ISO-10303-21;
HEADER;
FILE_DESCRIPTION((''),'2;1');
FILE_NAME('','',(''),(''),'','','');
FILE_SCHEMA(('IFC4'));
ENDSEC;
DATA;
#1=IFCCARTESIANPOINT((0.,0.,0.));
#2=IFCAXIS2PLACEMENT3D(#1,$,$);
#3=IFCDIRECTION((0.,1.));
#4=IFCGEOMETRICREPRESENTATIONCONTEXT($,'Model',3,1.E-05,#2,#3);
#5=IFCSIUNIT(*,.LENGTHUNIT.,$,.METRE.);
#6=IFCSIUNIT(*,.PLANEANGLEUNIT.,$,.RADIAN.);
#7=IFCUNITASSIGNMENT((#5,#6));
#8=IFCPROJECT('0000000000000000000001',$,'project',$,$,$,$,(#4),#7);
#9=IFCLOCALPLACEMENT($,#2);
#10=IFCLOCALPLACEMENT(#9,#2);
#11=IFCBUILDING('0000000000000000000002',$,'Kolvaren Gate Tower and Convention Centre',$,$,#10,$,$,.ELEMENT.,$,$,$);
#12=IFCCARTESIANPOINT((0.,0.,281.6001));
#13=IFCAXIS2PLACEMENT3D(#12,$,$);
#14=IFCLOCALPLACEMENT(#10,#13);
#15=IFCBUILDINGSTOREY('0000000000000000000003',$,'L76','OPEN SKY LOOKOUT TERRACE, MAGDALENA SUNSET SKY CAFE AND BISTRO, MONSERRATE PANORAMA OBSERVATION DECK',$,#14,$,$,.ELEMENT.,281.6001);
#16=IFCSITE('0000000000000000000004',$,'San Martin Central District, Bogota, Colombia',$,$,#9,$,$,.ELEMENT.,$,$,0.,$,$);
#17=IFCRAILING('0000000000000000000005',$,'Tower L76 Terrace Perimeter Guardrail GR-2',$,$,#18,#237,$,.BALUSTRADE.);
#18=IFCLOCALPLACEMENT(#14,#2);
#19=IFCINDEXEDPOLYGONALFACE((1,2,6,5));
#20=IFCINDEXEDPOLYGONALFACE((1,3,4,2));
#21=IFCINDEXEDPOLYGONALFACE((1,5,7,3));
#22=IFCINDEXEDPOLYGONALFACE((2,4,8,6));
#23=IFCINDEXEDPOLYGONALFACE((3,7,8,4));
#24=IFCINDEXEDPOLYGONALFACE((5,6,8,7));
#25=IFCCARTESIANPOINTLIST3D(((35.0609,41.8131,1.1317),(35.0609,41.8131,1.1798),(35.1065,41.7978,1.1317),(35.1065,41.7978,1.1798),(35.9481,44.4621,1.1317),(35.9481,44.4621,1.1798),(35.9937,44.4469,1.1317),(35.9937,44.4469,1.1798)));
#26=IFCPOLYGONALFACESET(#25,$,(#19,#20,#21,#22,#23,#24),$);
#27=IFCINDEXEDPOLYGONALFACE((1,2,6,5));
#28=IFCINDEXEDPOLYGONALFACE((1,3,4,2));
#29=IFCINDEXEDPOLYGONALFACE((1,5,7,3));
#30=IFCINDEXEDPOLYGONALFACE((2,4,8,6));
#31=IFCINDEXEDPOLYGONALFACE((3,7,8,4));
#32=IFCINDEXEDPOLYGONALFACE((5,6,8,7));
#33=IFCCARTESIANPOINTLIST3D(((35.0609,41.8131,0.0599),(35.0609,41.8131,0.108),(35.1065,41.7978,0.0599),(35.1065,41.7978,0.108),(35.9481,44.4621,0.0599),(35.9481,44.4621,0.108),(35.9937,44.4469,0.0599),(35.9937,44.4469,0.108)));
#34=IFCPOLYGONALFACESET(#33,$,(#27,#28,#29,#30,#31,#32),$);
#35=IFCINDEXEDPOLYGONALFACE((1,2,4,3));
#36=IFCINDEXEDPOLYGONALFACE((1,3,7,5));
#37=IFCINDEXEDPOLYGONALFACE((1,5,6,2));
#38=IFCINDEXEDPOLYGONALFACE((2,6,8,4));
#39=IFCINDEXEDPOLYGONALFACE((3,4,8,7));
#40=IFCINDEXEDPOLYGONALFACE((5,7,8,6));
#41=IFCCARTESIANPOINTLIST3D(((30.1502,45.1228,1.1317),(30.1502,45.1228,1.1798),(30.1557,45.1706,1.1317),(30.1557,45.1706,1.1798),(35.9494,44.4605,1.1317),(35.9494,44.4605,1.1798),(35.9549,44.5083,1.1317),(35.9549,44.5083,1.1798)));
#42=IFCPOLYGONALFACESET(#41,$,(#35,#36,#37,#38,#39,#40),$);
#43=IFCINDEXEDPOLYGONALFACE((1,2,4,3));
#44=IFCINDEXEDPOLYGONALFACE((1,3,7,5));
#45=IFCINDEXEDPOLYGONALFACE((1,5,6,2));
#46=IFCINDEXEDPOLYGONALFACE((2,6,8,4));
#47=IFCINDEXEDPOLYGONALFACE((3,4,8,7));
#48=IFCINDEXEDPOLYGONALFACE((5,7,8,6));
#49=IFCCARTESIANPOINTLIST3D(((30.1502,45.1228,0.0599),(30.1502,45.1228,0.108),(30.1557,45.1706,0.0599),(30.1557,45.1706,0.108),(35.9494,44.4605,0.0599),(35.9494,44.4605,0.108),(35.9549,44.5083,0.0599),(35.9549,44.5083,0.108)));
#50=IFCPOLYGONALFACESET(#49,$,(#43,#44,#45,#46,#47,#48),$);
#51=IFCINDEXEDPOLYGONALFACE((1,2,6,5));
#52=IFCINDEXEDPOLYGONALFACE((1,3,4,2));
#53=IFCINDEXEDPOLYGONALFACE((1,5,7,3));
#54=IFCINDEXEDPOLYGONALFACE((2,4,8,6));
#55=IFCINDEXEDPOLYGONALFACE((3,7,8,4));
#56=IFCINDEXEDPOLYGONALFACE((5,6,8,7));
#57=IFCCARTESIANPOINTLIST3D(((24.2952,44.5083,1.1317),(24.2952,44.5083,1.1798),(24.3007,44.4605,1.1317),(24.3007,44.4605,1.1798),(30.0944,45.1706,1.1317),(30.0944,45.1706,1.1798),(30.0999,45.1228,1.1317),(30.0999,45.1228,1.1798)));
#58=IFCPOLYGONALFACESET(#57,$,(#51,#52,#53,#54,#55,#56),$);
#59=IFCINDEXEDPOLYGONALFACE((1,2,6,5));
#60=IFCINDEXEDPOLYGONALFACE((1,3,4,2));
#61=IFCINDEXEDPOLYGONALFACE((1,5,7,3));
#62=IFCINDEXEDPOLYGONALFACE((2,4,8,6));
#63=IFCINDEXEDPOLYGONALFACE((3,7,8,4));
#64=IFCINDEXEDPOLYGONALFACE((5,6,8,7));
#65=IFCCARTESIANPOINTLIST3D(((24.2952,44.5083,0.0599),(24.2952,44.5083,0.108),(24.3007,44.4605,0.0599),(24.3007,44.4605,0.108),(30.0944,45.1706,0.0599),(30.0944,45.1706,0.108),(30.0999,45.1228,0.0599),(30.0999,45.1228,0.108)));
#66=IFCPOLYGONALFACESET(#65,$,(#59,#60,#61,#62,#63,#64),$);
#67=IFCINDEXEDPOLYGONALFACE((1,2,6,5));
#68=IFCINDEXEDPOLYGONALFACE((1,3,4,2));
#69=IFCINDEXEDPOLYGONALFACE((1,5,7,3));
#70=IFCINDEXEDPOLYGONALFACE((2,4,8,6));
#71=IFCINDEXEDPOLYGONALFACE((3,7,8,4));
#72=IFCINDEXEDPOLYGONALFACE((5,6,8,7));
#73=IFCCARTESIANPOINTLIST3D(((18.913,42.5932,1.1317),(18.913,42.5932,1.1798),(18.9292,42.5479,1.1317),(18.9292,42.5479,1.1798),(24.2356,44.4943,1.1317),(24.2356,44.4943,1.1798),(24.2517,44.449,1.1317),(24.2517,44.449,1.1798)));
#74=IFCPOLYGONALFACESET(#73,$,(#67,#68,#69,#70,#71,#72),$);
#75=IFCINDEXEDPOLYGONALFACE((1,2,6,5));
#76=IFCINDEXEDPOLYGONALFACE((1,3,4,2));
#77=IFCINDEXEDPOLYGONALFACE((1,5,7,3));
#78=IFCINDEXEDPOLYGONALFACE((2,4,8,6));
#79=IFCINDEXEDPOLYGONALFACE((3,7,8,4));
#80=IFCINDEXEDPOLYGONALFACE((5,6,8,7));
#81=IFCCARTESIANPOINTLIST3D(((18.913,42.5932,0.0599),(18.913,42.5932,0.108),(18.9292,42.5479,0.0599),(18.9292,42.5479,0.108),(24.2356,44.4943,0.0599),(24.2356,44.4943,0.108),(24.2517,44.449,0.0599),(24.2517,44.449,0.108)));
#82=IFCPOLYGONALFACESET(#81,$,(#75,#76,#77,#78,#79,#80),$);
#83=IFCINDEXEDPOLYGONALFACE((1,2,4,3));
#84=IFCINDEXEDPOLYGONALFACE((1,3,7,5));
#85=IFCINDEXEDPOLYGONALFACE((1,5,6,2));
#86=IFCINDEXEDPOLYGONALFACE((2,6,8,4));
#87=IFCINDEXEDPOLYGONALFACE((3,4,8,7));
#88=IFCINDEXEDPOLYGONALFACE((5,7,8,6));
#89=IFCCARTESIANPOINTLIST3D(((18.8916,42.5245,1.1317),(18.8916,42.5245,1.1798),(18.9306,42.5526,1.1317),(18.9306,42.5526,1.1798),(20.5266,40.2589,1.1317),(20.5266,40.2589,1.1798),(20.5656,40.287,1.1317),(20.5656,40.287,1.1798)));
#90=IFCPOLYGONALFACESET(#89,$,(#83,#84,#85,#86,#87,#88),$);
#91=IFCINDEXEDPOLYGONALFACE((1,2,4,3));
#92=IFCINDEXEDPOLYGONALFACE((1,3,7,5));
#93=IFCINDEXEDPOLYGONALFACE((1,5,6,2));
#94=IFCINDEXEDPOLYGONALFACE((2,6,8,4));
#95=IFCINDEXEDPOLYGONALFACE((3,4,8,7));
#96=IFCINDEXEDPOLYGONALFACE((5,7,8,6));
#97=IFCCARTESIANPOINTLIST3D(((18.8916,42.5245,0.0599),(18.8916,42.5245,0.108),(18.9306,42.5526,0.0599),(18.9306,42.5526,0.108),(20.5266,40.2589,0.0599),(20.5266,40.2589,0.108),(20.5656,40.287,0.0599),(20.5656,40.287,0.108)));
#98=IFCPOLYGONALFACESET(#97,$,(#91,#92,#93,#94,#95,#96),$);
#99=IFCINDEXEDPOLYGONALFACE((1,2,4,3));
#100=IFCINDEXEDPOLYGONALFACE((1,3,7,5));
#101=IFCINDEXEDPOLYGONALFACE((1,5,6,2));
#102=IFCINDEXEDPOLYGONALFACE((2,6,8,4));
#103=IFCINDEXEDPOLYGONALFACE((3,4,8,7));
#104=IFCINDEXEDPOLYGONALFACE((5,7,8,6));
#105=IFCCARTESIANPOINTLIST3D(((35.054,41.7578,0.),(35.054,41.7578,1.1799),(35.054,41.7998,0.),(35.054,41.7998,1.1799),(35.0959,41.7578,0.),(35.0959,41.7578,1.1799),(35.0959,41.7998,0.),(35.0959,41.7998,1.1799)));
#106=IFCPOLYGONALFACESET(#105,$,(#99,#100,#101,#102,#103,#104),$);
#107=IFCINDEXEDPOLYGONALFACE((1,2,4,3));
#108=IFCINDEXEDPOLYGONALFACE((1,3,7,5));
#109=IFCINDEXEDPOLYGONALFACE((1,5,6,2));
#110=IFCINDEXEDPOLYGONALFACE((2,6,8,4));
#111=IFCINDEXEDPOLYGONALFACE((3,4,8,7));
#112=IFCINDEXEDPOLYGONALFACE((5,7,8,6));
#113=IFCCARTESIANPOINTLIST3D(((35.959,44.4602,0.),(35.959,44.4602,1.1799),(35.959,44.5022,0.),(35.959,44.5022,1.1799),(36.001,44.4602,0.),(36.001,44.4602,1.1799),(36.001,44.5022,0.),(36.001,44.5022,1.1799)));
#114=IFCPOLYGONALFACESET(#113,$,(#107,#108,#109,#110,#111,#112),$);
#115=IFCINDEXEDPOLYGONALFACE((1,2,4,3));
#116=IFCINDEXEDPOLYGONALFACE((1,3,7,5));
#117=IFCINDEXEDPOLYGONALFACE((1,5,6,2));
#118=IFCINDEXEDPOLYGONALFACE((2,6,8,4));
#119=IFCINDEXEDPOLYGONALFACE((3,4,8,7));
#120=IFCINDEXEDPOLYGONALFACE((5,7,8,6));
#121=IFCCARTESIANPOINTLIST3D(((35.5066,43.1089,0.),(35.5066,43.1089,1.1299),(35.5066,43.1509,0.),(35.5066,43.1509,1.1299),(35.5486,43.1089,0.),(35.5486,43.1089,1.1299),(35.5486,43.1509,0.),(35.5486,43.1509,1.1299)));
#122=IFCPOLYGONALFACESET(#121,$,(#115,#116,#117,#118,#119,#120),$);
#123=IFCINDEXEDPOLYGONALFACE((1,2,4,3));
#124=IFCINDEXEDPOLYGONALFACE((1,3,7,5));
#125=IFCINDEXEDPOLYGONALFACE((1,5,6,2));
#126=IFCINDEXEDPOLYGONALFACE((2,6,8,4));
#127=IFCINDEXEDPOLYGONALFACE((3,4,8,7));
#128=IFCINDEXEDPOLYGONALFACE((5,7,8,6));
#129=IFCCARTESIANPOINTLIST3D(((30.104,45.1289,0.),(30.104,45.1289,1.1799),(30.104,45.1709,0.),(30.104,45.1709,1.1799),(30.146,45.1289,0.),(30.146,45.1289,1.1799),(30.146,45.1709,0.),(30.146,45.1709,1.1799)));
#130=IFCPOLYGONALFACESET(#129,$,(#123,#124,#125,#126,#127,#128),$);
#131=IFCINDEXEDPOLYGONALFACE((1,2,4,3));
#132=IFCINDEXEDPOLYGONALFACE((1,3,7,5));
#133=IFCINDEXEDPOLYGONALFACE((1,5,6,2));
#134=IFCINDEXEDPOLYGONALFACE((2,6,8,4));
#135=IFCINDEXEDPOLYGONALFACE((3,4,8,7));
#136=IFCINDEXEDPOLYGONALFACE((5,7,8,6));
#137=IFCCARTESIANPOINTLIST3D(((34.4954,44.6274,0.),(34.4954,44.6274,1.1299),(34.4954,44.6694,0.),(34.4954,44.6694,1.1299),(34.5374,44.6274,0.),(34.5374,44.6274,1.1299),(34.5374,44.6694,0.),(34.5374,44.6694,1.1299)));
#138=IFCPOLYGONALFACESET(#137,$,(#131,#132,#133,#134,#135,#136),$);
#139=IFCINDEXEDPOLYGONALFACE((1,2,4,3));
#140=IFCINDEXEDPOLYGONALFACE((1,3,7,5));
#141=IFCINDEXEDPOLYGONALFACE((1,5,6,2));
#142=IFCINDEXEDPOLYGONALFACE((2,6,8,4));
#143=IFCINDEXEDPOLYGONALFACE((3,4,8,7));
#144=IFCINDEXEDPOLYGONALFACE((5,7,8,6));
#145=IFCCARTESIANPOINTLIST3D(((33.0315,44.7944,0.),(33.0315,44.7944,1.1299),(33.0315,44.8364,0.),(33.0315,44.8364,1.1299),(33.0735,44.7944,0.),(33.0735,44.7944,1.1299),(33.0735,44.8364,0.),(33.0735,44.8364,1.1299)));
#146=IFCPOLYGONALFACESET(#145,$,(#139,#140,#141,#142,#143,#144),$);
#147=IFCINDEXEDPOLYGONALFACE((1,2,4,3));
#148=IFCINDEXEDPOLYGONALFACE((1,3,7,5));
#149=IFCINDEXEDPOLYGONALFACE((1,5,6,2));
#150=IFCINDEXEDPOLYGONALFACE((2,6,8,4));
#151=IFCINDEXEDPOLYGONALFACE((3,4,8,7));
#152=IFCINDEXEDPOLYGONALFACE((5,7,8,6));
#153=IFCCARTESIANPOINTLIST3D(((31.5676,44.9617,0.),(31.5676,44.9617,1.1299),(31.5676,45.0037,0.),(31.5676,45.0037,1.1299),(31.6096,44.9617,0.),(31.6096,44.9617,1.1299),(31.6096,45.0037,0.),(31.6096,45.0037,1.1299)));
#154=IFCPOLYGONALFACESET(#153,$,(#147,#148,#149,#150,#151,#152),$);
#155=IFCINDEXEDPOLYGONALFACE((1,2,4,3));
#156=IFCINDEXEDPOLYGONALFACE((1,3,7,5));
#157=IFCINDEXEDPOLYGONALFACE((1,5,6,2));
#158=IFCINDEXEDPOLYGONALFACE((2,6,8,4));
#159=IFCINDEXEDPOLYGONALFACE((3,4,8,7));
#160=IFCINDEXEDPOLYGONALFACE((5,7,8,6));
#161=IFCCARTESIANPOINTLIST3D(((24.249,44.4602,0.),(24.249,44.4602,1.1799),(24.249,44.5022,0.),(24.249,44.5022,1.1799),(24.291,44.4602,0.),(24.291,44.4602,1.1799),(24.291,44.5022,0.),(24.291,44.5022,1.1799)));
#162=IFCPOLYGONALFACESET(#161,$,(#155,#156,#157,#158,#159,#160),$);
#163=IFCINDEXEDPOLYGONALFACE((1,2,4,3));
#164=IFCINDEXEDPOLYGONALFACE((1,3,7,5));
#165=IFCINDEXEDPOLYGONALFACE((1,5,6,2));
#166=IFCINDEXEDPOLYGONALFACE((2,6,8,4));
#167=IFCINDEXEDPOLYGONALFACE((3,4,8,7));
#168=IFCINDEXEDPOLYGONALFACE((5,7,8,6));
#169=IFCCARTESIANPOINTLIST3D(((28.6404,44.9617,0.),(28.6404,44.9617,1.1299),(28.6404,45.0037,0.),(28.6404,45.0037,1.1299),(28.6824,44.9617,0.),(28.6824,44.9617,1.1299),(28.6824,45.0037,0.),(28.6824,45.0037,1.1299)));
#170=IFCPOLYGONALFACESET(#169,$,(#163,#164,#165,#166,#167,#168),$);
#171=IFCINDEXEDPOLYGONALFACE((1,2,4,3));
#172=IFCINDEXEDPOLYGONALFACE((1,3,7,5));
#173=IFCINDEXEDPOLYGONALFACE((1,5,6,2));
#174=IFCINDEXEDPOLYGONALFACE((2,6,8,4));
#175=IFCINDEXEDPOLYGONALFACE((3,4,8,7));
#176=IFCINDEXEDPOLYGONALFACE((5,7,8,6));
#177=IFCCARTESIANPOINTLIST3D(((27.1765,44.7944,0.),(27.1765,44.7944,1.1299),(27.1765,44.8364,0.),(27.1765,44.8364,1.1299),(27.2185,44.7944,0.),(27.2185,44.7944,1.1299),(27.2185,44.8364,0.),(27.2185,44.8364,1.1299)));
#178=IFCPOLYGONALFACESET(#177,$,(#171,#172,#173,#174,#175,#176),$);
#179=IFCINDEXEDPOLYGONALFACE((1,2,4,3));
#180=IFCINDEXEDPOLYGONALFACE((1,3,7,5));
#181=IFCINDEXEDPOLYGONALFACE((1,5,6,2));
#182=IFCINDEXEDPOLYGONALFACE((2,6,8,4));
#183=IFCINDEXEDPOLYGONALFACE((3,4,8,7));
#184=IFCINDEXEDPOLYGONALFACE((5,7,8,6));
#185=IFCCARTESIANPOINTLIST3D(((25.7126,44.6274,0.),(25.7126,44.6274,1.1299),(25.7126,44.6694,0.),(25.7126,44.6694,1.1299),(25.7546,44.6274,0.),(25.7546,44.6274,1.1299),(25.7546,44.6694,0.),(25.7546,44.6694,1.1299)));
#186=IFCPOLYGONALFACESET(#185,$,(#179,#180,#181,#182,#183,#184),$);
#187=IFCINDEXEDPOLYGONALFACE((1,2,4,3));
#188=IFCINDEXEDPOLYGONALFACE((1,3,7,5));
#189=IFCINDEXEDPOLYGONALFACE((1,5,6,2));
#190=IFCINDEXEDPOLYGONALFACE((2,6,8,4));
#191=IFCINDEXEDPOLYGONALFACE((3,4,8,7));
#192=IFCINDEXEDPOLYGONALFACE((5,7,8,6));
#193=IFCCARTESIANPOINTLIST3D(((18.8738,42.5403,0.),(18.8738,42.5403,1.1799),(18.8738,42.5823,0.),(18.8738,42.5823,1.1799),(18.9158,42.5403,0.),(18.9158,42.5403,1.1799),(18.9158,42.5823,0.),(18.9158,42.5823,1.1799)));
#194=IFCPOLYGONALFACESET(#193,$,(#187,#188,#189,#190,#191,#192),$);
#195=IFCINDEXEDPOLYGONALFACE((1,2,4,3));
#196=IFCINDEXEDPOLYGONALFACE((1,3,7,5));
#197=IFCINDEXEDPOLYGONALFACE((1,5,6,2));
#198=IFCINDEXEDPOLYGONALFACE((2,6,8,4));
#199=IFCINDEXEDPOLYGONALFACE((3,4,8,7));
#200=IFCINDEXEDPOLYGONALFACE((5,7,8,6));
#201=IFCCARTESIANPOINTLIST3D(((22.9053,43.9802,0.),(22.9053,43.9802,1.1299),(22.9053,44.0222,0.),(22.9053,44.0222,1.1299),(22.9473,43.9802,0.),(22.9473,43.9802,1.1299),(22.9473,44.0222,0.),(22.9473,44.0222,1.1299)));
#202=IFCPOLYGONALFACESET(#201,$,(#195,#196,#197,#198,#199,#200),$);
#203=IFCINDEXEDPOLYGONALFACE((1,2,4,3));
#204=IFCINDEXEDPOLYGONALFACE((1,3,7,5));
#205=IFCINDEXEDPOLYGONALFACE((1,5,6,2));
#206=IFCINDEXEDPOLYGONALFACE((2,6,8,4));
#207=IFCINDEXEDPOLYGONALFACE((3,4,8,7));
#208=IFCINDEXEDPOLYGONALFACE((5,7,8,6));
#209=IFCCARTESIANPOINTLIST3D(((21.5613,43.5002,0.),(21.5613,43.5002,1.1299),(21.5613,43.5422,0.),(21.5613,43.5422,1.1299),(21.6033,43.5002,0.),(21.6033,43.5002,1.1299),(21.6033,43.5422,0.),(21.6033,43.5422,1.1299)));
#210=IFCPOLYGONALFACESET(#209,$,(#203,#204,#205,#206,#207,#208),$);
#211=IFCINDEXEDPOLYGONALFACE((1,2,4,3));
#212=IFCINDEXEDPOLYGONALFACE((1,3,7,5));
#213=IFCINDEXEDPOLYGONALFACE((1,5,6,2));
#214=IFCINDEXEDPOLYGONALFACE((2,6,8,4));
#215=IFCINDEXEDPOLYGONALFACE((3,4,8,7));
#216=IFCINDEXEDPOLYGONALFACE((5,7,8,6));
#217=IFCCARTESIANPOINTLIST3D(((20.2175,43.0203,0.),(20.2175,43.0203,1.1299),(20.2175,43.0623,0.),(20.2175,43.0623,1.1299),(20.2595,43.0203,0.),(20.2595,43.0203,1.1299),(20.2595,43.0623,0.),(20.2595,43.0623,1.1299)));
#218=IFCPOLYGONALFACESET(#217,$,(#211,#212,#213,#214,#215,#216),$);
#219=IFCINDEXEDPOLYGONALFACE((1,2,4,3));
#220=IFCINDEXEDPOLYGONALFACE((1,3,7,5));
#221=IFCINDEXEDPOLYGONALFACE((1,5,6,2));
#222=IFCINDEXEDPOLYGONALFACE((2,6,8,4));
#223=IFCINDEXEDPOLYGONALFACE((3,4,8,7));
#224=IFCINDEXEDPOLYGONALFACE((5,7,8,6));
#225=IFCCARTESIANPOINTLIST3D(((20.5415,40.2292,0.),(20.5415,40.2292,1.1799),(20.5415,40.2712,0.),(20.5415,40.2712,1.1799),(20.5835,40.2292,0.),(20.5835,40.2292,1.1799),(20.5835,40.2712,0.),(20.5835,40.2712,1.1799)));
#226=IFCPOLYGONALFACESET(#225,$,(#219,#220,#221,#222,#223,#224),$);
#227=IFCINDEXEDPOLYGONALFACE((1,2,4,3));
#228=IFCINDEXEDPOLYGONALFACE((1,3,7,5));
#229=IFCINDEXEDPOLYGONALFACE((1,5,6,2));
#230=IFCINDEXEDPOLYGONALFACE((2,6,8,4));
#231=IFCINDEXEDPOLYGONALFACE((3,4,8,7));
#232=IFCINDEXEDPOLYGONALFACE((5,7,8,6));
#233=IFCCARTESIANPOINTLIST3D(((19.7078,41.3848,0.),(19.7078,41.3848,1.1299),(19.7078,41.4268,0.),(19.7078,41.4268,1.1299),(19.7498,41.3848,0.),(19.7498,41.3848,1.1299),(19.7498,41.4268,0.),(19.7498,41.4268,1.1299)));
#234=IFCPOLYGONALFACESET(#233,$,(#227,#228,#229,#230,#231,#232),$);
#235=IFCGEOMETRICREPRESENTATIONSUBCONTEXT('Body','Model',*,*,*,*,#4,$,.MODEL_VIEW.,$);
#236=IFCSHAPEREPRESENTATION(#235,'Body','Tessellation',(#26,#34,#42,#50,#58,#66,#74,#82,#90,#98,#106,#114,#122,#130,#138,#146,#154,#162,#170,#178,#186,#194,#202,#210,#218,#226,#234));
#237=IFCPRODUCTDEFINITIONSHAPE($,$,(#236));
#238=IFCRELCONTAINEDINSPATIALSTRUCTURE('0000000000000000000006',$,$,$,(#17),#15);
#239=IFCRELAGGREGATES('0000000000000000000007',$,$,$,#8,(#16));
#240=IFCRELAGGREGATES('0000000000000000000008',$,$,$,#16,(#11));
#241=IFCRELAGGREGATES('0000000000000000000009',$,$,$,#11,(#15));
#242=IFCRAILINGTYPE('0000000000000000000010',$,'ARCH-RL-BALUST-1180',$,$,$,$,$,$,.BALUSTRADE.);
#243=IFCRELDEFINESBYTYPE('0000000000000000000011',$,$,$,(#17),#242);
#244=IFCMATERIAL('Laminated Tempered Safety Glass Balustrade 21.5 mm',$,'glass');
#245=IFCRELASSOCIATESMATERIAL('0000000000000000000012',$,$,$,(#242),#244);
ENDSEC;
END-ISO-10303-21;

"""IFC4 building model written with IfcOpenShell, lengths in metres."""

from ifc_helpers import new_model, si_unit, direction, frame, origin, origin_2d, place, context, subcontext, project, spatial, rectangle, extrude, material, type_object, element, save


model = new_model("IFC4")

# Units and contexts
model_context = context("Model", 3, precision=1e-05, world=origin(), true_north=direction((0.0, 1.0)))
body_context = subcontext(model_context, "Body", "Model", "MODEL_VIEW")
ifc_project = project(units=[si_unit("LENGTHUNIT", "METRE"), si_unit("PLANEANGLEUNIT", "RADIAN")], contexts=[model_context])

# Site, building, storey
site_placement = place(None, origin())
site = spatial("IfcSite", under=ifc_project, at=site_placement, Name="San Martin Central District, Bogota, Colombia", CompositionType="ELEMENT", RefElevation=0.0)
building_placement = place(site_placement, origin())
building = spatial("IfcBuilding", under=site, at=building_placement, Name="Kolvaren Gate Tower and Convention Centre", CompositionType="ELEMENT")
storey_placement = place(building_placement, frame((0.0, 0.0, 281.6001)))
storey = spatial("IfcBuildingStorey", under=building, at=storey_placement, Name="L76", Description="OPEN SKY LOOKOUT TERRACE, MAGDALENA SUNSET SKY CAFE AND BISTRO, MONSERRATE PANORAMA OBSERVATION DECK", CompositionType="ELEMENT", Elevation=281.6001)

# Railing
ifc_material_1 = material(Name="Laminated Tempered Safety Glass Balustrade 21.5 mm", Category="glass")
railing_type = type_object("IfcRailingType", Name="ARCH-RL-BALUST-1180", PredefinedType="BALUSTRADE", material=ifc_material_1)
railing_placement = place(storey_placement, frame((35.075, 41.7788, 0.0)))
element("IfcRailing", 1, at=railing_placement, inside=storey, type_object=railing_type, Name="Tower L76 Terrace Perimeter Guardrail GR-2", PredefinedType="BALUSTRADE", context=body_context, shape_type="SweptSolid", body=[
    extrude(rectangle(XDim=0.0481, YDim=0.0481, at=origin_2d()), frame((0.0088, 0.0266, 1.1558), z_axis=(0.317564, 0.948237, 0.0), x_axis=(-0.948237, 0.317564, 0.0)), (0.0, 0.0, 1.0), 2.7937),
    extrude(rectangle(XDim=0.0481, YDim=0.0481, at=origin_2d()), frame((0.0088, 0.0266, 0.084), z_axis=(0.317564, 0.948237, 0.0), x_axis=(-0.948237, 0.317564, 0.0)), (0.0, 0.0, 1.0), 2.7937),
    extrude(rectangle(XDim=0.0481, YDim=0.0481, at=origin_2d()), frame((0.8772, 2.7056, 1.1558), z_axis=(-0.993541, 0.113473, 0.0), x_axis=(-0.113473, -0.993541, 0.0)), (0.0, 0.0, 1.0), 5.8369),
    extrude(rectangle(XDim=0.0481, YDim=0.0481, at=origin_2d()), frame((0.8772, 2.7056, 0.084), z_axis=(-0.993541, 0.113473, 0.0), x_axis=(-0.113473, -0.993541, 0.0)), (0.0, 0.0, 1.0), 5.8369),
    extrude(rectangle(XDim=0.0481, YDim=0.0481, at=origin_2d()), frame((-4.9778, 3.3679, 1.1558), z_axis=(-0.993541, -0.113473, 0.0), x_axis=(0.113473, -0.993541, 0.0)), (0.0, 0.0, 1.0), 5.8369),
    extrude(rectangle(XDim=0.0481, YDim=0.0481, at=origin_2d()), frame((-4.9778, 3.3679, 0.084), z_axis=(-0.993541, -0.113473, 0.0), x_axis=(0.113473, -0.993541, 0.0)), (0.0, 0.0, 1.0), 5.8369),
    extrude(rectangle(XDim=0.0481, YDim=0.0481, at=origin_2d()), frame((-10.8313, 2.6929, 1.1558), z_axis=(-0.941731, -0.336366, 0.0), x_axis=(0.336366, -0.941731, 0.0)), (0.0, 0.0, 1.0), 5.6519),
    extrude(rectangle(XDim=0.0481, YDim=0.0481, at=origin_2d()), frame((-10.8313, 2.6929, 0.084), z_axis=(-0.941731, -0.336366, 0.0), x_axis=(0.336366, -0.941731, 0.0)), (0.0, 0.0, 1.0), 5.6519),
    extrude(rectangle(XDim=0.0481, YDim=0.0481, at=origin_2d()), frame((-16.1638, 0.7598, 1.1558), z_axis=(0.585178, -0.810905, 0.0), x_axis=(0.810905, 0.585178, 0.0)), (0.0, 0.0, 1.0), 2.7939),
    extrude(rectangle(XDim=0.0481, YDim=0.0481, at=origin_2d()), frame((-16.1638, 0.7598, 0.084), z_axis=(0.585178, -0.810905, 0.0), x_axis=(0.810905, 0.585178, 0.0)), (0.0, 0.0, 1.0), 2.7939),
    extrude(rectangle(XDim=0.042, YDim=0.042, at=origin_2d()), origin(), (0.0, 0.0, 1.0), 1.1799),
    extrude(rectangle(XDim=0.042, YDim=0.042, at=origin_2d()), frame((0.905, 2.7024, 0.0)), (0.0, 0.0, 1.0), 1.1799),
    extrude(rectangle(XDim=0.042, YDim=0.042, at=origin_2d()), frame((0.4526, 1.3511, 0.0)), (0.0, 0.0, 1.0), 1.1299),
    extrude(rectangle(XDim=0.042, YDim=0.042, at=origin_2d()), frame((-4.95, 3.3711, 0.0)), (0.0, 0.0, 1.0), 1.1799),
    extrude(rectangle(XDim=0.042, YDim=0.042, at=origin_2d()), frame((-0.5586, 2.8696, 0.0)), (0.0, 0.0, 1.0), 1.1299),
    extrude(rectangle(XDim=0.042, YDim=0.042, at=origin_2d()), frame((-2.0225, 3.0366, 0.0)), (0.0, 0.0, 1.0), 1.1299),
    extrude(rectangle(XDim=0.042, YDim=0.042, at=origin_2d()), frame((-3.4863, 3.2039, 0.0)), (0.0, 0.0, 1.0), 1.1299),
    extrude(rectangle(XDim=0.042, YDim=0.042, at=origin_2d()), frame((-10.8049, 2.7024, 0.0)), (0.0, 0.0, 1.0), 1.1799),
    extrude(rectangle(XDim=0.042, YDim=0.042, at=origin_2d()), frame((-6.4136, 3.2039, 0.0)), (0.0, 0.0, 1.0), 1.1299),
    extrude(rectangle(XDim=0.042, YDim=0.042, at=origin_2d()), frame((-7.8774, 3.0366, 0.0)), (0.0, 0.0, 1.0), 1.1299),
    extrude(rectangle(XDim=0.042, YDim=0.042, at=origin_2d()), frame((-9.3413, 2.8696, 0.0)), (0.0, 0.0, 1.0), 1.1299),
    extrude(rectangle(XDim=0.042, YDim=0.042, at=origin_2d()), frame((-16.1802, 0.7825, 0.0)), (0.0, 0.0, 1.0), 1.1799),
    extrude(rectangle(XDim=0.042, YDim=0.042, at=origin_2d()), frame((-12.1487, 2.2224, 0.0)), (0.0, 0.0, 1.0), 1.1299),
    extrude(rectangle(XDim=0.042, YDim=0.042, at=origin_2d()), frame((-13.4927, 1.7424, 0.0)), (0.0, 0.0, 1.0), 1.1299),
    extrude(rectangle(XDim=0.042, YDim=0.042, at=origin_2d()), frame((-14.8364, 1.2625, 0.0)), (0.0, 0.0, 1.0), 1.1299),
    extrude(rectangle(XDim=0.042, YDim=0.042, at=origin_2d()), frame((-14.5125, -1.5286, 0.0)), (0.0, 0.0, 1.0), 1.1799),
    extrude(rectangle(XDim=0.042, YDim=0.042, at=origin_2d()), frame((-15.3462, -0.373, 0.0)), (0.0, 0.0, 1.0), 1.1299),
])

save(model, "model.ifc")
